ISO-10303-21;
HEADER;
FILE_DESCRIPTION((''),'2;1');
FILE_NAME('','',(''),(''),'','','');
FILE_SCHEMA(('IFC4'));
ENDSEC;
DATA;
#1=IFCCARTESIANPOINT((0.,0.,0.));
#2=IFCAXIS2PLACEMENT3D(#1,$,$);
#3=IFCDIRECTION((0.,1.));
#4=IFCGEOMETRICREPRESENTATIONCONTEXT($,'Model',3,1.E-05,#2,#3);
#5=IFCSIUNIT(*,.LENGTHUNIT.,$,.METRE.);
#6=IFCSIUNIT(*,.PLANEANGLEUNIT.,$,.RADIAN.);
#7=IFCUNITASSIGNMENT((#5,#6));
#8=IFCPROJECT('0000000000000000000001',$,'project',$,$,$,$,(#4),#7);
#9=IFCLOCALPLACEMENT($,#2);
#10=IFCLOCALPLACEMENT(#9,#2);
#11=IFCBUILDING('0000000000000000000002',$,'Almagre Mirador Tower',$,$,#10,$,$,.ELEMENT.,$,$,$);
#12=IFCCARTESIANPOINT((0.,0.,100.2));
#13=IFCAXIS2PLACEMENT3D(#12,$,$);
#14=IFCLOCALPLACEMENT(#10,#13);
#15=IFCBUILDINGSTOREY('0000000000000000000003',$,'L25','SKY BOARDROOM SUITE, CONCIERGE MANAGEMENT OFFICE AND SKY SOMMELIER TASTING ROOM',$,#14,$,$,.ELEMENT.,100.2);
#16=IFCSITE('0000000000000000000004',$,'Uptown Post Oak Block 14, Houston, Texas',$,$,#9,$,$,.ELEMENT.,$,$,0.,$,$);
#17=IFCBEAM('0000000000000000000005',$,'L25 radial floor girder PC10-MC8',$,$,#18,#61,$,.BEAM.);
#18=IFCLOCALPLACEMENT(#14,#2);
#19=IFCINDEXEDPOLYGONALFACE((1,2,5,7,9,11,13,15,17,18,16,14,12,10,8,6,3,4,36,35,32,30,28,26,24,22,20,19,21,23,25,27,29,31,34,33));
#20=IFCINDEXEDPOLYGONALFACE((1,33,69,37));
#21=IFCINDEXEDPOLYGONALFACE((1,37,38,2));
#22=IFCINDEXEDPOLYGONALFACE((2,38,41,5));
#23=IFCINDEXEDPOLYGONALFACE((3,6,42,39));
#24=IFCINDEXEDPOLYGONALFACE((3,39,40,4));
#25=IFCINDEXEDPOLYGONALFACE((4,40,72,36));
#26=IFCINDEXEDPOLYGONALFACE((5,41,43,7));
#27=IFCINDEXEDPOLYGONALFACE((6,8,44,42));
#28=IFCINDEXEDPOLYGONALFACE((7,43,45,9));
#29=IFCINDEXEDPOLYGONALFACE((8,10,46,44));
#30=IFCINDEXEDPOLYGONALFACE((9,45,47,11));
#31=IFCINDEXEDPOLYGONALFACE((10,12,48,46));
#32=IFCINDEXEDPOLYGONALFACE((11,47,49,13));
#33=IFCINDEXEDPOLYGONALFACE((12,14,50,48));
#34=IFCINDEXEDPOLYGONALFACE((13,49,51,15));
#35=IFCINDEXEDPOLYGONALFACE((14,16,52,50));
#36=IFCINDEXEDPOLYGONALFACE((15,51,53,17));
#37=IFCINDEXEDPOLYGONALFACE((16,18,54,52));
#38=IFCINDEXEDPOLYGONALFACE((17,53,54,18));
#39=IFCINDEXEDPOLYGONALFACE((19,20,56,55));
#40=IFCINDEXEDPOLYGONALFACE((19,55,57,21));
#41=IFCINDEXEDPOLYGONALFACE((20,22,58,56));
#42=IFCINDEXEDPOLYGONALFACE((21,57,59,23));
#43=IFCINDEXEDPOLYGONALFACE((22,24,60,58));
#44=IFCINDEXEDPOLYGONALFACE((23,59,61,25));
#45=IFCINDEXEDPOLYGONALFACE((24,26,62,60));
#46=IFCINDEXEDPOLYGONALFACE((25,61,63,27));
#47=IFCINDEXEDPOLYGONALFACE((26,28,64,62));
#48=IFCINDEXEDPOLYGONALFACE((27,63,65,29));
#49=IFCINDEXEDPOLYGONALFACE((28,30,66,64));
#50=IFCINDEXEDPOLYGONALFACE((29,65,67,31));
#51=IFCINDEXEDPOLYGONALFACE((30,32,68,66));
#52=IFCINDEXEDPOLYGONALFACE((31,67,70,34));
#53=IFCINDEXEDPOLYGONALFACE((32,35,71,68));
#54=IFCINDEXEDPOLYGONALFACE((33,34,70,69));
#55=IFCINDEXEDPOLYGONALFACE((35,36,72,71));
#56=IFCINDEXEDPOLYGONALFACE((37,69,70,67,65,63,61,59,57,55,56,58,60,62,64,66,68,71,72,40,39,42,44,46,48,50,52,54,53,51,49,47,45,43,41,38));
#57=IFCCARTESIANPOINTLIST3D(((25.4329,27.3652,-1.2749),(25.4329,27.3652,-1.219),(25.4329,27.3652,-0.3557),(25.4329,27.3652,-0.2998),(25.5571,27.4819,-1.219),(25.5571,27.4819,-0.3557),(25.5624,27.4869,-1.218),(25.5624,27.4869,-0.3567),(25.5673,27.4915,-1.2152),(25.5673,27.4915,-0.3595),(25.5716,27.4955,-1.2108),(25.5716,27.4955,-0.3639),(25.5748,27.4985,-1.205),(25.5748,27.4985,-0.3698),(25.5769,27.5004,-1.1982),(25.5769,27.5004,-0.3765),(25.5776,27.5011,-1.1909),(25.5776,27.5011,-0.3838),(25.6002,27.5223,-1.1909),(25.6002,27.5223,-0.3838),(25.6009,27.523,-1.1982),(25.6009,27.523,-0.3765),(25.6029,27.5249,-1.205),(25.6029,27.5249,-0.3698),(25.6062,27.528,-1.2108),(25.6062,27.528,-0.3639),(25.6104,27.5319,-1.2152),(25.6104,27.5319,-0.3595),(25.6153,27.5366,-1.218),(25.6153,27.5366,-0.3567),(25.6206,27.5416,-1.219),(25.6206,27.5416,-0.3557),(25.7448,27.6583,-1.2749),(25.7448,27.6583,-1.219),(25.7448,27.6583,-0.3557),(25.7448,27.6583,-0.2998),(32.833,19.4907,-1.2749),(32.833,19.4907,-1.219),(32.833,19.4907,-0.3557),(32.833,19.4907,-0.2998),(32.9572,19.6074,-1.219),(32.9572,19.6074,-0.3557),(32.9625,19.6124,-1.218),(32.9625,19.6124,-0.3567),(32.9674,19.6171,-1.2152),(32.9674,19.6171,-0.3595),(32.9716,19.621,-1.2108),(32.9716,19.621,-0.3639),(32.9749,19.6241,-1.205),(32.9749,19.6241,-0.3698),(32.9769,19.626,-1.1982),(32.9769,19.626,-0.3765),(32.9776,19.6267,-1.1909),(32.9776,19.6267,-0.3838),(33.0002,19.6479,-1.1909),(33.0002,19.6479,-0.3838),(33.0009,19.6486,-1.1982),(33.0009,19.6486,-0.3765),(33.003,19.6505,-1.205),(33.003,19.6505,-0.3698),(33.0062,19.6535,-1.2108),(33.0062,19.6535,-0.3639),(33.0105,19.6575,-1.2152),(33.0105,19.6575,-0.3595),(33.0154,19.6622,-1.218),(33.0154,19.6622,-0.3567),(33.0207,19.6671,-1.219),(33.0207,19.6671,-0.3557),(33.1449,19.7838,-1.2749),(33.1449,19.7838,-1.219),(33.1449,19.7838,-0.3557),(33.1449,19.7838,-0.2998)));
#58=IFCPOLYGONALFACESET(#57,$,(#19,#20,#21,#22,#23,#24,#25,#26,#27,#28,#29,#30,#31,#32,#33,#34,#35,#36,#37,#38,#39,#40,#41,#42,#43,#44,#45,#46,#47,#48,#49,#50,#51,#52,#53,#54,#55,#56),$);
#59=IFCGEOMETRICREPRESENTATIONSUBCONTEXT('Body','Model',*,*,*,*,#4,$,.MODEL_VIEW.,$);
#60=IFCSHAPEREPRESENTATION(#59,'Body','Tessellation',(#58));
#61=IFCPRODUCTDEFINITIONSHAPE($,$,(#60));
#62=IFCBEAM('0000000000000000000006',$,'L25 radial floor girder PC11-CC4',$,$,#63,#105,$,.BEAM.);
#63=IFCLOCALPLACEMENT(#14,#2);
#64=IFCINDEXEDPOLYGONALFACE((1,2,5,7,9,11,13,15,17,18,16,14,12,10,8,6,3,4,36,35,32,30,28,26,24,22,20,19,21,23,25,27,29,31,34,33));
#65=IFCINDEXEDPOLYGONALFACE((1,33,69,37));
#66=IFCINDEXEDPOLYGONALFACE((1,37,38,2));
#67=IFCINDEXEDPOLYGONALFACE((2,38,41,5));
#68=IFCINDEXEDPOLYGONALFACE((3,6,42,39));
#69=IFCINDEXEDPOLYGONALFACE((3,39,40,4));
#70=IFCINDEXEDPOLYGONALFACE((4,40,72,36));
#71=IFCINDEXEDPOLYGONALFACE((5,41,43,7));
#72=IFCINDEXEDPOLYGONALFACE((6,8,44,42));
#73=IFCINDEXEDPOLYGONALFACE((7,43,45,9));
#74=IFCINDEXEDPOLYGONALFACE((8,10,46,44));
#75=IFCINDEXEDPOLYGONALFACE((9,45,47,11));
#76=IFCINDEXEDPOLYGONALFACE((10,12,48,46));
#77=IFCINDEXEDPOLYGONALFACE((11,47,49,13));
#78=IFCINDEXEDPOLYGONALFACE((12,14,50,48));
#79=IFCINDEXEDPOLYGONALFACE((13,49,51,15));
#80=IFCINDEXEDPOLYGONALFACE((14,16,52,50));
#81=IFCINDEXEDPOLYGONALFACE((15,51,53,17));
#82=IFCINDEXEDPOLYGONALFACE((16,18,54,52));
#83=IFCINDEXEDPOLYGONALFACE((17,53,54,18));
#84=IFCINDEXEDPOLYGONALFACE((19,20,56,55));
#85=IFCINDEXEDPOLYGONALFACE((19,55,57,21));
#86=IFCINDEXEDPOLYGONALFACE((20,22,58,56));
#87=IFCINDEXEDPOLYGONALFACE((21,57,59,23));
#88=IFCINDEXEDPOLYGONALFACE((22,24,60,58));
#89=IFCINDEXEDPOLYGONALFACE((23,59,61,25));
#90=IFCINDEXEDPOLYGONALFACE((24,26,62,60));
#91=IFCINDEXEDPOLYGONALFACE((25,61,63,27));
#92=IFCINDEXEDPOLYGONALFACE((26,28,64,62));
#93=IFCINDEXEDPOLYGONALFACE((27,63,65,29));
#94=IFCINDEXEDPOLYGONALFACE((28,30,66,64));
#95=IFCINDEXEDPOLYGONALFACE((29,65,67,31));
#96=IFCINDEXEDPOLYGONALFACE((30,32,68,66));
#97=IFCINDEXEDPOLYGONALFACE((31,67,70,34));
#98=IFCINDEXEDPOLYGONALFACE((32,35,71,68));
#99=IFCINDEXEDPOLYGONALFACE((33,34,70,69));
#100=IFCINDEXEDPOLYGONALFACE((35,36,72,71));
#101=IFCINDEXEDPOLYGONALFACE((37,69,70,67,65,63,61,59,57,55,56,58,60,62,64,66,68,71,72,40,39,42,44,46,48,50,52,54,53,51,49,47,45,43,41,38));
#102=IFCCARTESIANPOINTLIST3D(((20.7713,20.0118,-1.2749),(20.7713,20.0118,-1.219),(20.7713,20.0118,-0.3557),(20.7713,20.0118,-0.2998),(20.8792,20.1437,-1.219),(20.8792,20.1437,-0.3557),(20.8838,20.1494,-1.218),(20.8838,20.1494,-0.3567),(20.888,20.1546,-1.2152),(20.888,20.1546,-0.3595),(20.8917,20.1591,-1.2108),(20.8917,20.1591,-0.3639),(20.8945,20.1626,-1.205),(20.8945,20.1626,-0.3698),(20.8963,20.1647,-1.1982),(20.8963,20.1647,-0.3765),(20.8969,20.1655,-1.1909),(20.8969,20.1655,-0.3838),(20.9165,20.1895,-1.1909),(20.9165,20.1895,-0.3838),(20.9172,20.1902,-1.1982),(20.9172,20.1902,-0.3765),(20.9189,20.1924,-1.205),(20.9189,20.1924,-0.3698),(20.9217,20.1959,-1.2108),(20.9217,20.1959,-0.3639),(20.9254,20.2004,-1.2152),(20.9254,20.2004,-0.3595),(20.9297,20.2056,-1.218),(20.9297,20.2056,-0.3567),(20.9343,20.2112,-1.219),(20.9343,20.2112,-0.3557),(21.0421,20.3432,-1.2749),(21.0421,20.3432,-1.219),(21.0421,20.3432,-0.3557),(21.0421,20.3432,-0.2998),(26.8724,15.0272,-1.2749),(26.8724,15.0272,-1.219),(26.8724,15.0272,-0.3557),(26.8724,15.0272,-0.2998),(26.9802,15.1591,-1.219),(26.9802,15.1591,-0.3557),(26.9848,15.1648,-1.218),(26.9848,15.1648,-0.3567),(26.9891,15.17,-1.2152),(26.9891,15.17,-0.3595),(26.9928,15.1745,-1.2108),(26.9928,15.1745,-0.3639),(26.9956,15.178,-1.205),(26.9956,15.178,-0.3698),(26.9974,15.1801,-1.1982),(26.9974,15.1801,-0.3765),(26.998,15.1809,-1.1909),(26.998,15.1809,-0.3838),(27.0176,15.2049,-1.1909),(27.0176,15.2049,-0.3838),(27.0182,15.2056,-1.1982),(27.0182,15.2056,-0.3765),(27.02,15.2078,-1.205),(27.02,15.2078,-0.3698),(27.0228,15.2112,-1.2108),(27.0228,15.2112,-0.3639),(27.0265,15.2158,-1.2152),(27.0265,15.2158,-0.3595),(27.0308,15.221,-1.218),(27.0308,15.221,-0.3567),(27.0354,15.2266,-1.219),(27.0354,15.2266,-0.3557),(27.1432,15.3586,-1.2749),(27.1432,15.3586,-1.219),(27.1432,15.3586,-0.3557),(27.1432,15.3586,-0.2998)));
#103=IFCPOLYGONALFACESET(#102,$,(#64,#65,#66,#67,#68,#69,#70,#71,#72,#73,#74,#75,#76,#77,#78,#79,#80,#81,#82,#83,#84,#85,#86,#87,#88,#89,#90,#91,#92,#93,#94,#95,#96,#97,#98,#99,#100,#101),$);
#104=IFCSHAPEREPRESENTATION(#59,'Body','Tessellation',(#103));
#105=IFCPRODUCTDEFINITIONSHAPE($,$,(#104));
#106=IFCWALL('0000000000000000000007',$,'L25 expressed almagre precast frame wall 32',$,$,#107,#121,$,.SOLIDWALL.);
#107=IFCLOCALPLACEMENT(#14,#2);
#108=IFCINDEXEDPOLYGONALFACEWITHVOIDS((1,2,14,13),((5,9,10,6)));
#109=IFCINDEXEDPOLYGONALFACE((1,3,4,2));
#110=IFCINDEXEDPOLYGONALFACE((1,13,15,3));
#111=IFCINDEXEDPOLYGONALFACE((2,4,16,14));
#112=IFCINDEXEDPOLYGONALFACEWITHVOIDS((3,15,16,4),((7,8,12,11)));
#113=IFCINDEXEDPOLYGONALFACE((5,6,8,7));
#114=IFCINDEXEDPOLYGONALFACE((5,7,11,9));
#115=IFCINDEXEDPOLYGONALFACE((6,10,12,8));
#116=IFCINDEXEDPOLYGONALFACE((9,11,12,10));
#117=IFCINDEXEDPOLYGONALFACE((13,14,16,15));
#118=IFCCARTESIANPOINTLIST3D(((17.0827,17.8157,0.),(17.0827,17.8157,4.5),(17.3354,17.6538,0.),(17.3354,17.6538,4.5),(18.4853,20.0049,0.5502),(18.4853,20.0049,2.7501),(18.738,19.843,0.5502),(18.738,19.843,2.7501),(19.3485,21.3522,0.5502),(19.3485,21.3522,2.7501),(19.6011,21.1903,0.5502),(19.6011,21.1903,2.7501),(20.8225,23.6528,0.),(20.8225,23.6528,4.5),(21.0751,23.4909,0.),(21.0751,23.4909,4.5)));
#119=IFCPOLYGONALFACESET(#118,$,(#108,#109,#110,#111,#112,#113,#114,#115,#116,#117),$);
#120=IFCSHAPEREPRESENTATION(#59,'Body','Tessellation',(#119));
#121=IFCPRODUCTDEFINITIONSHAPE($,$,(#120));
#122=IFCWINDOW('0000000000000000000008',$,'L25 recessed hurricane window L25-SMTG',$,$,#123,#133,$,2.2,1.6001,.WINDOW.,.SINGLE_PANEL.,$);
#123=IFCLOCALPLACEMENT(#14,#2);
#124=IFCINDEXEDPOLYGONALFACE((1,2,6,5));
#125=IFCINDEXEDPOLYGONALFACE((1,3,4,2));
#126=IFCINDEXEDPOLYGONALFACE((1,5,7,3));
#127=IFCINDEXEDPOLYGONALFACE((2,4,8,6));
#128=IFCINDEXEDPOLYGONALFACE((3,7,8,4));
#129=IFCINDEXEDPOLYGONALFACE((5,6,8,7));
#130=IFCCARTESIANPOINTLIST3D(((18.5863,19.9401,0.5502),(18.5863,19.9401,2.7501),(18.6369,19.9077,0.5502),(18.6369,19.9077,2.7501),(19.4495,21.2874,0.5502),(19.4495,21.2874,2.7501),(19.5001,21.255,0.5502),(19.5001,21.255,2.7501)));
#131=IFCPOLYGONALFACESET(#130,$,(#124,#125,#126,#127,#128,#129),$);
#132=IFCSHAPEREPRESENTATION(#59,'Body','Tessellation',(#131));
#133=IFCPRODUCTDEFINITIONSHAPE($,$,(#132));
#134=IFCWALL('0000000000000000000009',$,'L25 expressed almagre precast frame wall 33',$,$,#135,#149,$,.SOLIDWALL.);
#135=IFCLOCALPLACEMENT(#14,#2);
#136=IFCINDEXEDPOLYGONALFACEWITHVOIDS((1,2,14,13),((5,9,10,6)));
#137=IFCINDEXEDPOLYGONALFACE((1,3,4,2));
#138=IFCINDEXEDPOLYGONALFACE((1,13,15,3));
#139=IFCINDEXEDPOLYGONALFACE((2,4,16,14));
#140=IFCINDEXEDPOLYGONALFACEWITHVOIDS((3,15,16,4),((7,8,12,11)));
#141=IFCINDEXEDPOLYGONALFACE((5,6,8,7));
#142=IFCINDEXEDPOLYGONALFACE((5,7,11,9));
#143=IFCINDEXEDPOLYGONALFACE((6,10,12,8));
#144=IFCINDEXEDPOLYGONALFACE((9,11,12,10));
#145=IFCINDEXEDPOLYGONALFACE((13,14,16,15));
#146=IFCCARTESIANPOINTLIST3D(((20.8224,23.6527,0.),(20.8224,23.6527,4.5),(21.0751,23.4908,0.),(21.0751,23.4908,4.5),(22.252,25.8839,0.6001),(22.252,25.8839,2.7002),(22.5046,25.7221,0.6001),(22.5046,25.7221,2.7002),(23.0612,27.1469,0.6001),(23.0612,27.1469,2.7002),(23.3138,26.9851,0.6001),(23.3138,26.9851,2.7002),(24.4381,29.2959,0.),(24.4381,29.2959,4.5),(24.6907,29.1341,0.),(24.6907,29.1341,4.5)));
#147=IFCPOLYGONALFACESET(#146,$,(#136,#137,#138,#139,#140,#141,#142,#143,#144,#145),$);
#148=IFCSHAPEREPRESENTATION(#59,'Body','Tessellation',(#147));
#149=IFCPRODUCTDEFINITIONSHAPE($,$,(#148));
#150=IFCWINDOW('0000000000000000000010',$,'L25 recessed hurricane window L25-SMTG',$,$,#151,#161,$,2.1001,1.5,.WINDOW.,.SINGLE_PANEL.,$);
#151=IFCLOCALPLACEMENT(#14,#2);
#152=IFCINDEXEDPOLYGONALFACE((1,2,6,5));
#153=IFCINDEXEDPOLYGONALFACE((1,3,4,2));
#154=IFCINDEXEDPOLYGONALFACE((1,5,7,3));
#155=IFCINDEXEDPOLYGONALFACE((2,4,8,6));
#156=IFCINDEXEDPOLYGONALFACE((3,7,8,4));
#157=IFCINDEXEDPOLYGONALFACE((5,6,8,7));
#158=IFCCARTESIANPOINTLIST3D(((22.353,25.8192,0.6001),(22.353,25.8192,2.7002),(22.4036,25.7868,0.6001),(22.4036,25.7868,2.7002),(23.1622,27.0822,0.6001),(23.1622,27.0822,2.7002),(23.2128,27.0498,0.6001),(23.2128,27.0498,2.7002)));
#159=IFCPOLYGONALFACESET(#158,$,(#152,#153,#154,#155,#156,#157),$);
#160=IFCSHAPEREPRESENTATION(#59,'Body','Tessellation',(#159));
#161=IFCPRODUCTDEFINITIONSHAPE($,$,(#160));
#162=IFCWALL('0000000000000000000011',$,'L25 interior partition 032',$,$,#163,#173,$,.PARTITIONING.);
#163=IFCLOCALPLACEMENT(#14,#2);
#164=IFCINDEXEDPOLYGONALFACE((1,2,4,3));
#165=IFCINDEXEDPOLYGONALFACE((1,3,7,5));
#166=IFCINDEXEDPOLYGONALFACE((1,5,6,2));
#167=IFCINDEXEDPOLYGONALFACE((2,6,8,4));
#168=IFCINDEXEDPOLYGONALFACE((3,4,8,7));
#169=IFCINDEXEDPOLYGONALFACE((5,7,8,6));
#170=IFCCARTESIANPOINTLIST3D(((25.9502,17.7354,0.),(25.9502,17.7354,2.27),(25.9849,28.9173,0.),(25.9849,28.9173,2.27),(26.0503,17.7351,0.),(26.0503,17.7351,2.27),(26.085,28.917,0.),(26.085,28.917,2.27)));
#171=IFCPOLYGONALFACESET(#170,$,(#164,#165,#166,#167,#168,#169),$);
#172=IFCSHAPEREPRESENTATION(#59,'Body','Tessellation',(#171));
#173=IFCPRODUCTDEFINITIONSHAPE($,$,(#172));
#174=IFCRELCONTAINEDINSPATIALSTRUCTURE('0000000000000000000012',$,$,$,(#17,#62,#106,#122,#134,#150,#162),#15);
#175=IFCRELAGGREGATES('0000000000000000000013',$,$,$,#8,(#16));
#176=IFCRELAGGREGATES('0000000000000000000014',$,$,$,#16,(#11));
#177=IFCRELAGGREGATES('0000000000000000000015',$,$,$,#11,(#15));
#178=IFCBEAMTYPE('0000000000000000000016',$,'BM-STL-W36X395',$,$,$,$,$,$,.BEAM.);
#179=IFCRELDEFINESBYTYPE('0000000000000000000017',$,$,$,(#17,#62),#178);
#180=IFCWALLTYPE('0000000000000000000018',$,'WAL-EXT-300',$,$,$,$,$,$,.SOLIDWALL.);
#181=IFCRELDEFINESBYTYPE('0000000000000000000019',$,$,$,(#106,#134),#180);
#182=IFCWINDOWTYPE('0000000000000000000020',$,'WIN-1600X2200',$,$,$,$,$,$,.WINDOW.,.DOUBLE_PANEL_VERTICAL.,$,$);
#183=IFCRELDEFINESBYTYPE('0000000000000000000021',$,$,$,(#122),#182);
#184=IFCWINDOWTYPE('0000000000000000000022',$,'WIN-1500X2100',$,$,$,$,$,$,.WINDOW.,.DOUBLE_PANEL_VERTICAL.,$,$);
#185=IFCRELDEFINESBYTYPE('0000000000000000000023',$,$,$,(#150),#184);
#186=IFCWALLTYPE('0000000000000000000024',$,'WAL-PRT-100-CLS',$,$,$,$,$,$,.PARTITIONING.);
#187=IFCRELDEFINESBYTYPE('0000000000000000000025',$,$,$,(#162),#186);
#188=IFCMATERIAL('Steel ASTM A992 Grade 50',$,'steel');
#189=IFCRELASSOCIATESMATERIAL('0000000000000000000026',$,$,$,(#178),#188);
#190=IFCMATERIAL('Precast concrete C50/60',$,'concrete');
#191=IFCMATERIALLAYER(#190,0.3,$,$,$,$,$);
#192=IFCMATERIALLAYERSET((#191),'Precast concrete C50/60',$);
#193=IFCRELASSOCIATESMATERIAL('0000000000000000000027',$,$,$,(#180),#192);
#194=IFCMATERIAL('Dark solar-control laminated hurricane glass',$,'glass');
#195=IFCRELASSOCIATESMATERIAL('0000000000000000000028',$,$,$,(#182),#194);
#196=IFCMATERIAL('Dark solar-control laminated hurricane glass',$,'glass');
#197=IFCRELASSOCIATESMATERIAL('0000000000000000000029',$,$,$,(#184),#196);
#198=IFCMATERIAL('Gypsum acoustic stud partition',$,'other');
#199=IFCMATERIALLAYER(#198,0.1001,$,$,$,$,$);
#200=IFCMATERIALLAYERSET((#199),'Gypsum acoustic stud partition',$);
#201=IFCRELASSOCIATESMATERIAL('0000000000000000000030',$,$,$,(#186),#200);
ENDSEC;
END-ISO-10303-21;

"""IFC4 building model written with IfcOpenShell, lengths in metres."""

from ifc_helpers import new_model, si_unit, direction, frame, frame_2d, origin, origin_2d, place, context, subcontext, project, spatial, rectangle, i_section, extrude, material, layer, layer_set, material_profile, profile_set, type_object, element, fill, save


model = new_model("IFC4")

# Units and contexts
model_context = context("Model", 3, precision=1e-05, world=origin(), true_north=direction((0.0, 1.0)))
body_context = subcontext(model_context, "Body", "Model", "MODEL_VIEW")
ifc_project = project(units=[si_unit("LENGTHUNIT", "METRE"), si_unit("PLANEANGLEUNIT", "RADIAN")], contexts=[model_context])

# Site, building, storey
site_placement = place(None, origin())
site = spatial("IfcSite", under=ifc_project, at=site_placement, Name="Uptown Post Oak Block 14, Houston, Texas", CompositionType="ELEMENT", RefElevation=0.0)
building_placement = place(site_placement, origin())
building = spatial("IfcBuilding", under=site, at=building_placement, Name="Almagre Mirador Tower", CompositionType="ELEMENT")
storey_placement = place(building_placement, frame((0.0, 0.0, 100.2)))
storey = spatial("IfcBuildingStorey", under=building, at=storey_placement, Name="L25", Description="SKY BOARDROOM SUITE, CONCIERGE MANAGEMENT OFFICE AND SKY SOMMELIER TASTING ROOM", CompositionType="ELEMENT", Elevation=100.2)

# Beams
ifc_material_1 = material(Name="Steel ASTM A992 Grade 50", Category="steel")
ifc_material_profile_1 = material_profile(ifc_material_1, i_section(OverallWidth=0.428, OverallDepth=0.9751, WebThickness=0.031, FlangeThickness=0.0559, FilletRadius=0.0281, at=origin_2d()), Name="W36X395")
ifc_profile_set_1 = profile_set([ifc_material_profile_1], Name="Steel ASTM A992 Grade 50")
beam_type_1 = type_object("IfcBeamType", Name="BM-STL-W36X395", PredefinedType="BEAM", material=ifc_profile_set_1)
beam_1_placement = place(storey_placement, frame((25.5889, 27.5117, -0.7874), z_axis=(0.684817, -0.728715, 0.0), x_axis=(0.728715, 0.684817, 0.0)))
element("IfcBeam", 1, at=beam_1_placement, inside=storey, type_object=beam_type_1, Name="L25 radial floor girder PC10-MC8", PredefinedType="BEAM", context=body_context, shape_type="SweptSolid", body=[
    extrude(i_section(OverallWidth=0.428, OverallDepth=0.9751, WebThickness=0.031, FlangeThickness=0.0559, FilletRadius=0.0281, at=origin_2d()), origin(), (0.0, 0.0, 1.0), 10.8059),
])
beam_2_placement = place(storey_placement, frame((20.9067, 20.1775, -0.7874), z_axis=(0.774403, -0.632693, 0.0), x_axis=(0.632693, 0.774403, 0.0)))
element("IfcBeam", 2, at=beam_2_placement, inside=storey, type_object=beam_type_1, Name="L25 radial floor girder PC11-CC4", PredefinedType="BEAM", context=body_context, shape_type="SweptSolid", body=[
    extrude(i_section(OverallWidth=0.428, OverallDepth=0.9751, WebThickness=0.031, FlangeThickness=0.0559, FilletRadius=0.0281, at=origin_2d()), origin(), (0.0, 0.0, 1.0), 7.8784),
])

# Walls, openings, windows
ifc_material_2 = material(Name="Precast concrete C50/60", Category="concrete")
ifc_layer_1 = layer(ifc_material_2, 0.3)
ifc_layer_set_1 = layer_set([ifc_layer_1], Name="Precast concrete C50/60")
wall_type_1 = type_object("IfcWallType", Name="WAL-EXT-300", PredefinedType="SOLIDWALL", material=ifc_layer_set_1)
wall_1_placement = place(storey_placement, frame((17.209, 17.7346, 0.0), z_axis=(0.0, 0.0, 1.0), x_axis=(0.539459, 0.842012, 0.0)))
wall_1 = element("IfcWall", 3, at=wall_1_placement, inside=storey, type_object=wall_type_1, Name="L25 expressed almagre precast frame wall 32", PredefinedType="SOLIDWALL", context=body_context, shape_type="SweptSolid", body=[
    extrude(rectangle(XDim=6.9324, YDim=0.3, at=frame_2d((3.4663, 0.0))), origin(), (0.0, 0.0, 1.0), 4.5),
])
opening_1_placement = place(wall_1_placement, frame((2.6001, 0.0, 0.55)))
opening_1 = element("IfcOpeningElement", 4, at=opening_1_placement, cuts=wall_1, PredefinedType="OPENING", context=body_context, shape_type="SweptSolid", body=[
    extrude(rectangle(XDim=1.6001, YDim=2.2, at=frame_2d((0.8, 1.1001))), frame((0.0, 0.1599, 0.0), z_axis=(0.0, -1.0, 0.0), x_axis=(1.0, 0.0, 0.0)), (0.0, 0.0, 1.0), 0.32),
])
ifc_material_3 = material(Name="Dark solar-control laminated hurricane glass", Category="glass")
window_type_1 = type_object("IfcWindowType", Name="WIN-1600X2200", PartitioningType="DOUBLE_PANEL_VERTICAL", PredefinedType="WINDOW", material=ifc_material_3)
window_1_placement = place(opening_1_placement, origin())
window_1 = element("IfcWindow", 5, at=window_1_placement, inside=storey, type_object=window_type_1, Name="L25 recessed hurricane window L25-SMTG", OverallHeight=2.2, OverallWidth=1.6001, PartitioningType="SINGLE_PANEL", PredefinedType="WINDOW", context=body_context, shape_type="SweptSolid", body=[
    extrude(rectangle(XDim=1.6001, YDim=2.2, at=frame_2d((0.8, 1.1001))), frame((0.0, 0.03, 0.0), z_axis=(0.0, -1.0, 0.0), x_axis=(1.0, 0.0, 0.0)), (0.0, 0.0, 1.0), 0.0601),
])
fill(opening_1, window_1)
wall_2_placement = place(storey_placement, frame((20.9487, 23.5718, 0.0), z_axis=(0.0, 0.0, 1.0), x_axis=(0.539477, 0.842, 0.0)))
wall_2 = element("IfcWall", 6, at=wall_2_placement, inside=storey, type_object=wall_type_1, Name="L25 expressed almagre precast frame wall 33", PredefinedType="SOLIDWALL", context=body_context, shape_type="SweptSolid", body=[
    extrude(rectangle(XDim=6.7021, YDim=0.3, at=frame_2d((3.3511, 0.0))), origin(), (0.0, 0.0, 1.0), 4.5),
])
opening_2_placement = place(wall_2_placement, frame((2.6499, 0.0, 0.6001)))
opening_2 = element("IfcOpeningElement", 7, at=opening_2_placement, cuts=wall_2, PredefinedType="OPENING", context=body_context, shape_type="SweptSolid", body=[
    extrude(rectangle(XDim=1.5, YDim=2.1001, at=frame_2d((0.75, 1.05))), frame((0.0, 0.1599, 0.0), z_axis=(0.0, -1.0, 0.0), x_axis=(1.0, 0.0, 0.0)), (0.0, 0.0, 1.0), 0.32),
])
ifc_material_4 = material(Name="Dark solar-control laminated hurricane glass", Category="glass")
window_type_2 = type_object("IfcWindowType", Name="WIN-1500X2100", PartitioningType="DOUBLE_PANEL_VERTICAL", PredefinedType="WINDOW", material=ifc_material_4)
window_2_placement = place(opening_2_placement, origin())
window_2 = element("IfcWindow", 8, at=window_2_placement, inside=storey, type_object=window_type_2, Name="L25 recessed hurricane window L25-SMTG", OverallHeight=2.1001, OverallWidth=1.5, PartitioningType="SINGLE_PANEL", PredefinedType="WINDOW", context=body_context, shape_type="SweptSolid", body=[
    extrude(rectangle(XDim=1.5, YDim=2.1001, at=frame_2d((0.75, 1.05))), frame((0.0, 0.03, 0.0), z_axis=(0.0, -1.0, 0.0), x_axis=(1.0, 0.0, 0.0)), (0.0, 0.0, 1.0), 0.0601),
])
fill(opening_2, window_2)

# Wall
ifc_material_5 = material(Name="Gypsum acoustic stud partition", Category="other")
ifc_layer_2 = layer(ifc_material_5, 0.1001)
ifc_layer_set_2 = layer_set([ifc_layer_2], Name="Gypsum acoustic stud partition")
wall_type_2 = type_object("IfcWallType", Name="WAL-PRT-100-CLS", PredefinedType="PARTITIONING", material=ifc_layer_set_2)
wall_3_placement = place(storey_placement, frame((26.0349, 28.917, 0.0), z_axis=(0.0, 0.0, 1.0), x_axis=(-0.0031, -0.999995, 0.0)))
element("IfcWall", 9, at=wall_3_placement, inside=storey, type_object=wall_type_2, Name="L25 interior partition 032", PredefinedType="PARTITIONING", context=body_context, shape_type="SweptSolid", body=[
    extrude(rectangle(XDim=11.1819, YDim=0.1001, at=frame_2d((5.5908, 0.0))), origin(), (0.0, 0.0, 1.0), 2.27),
])

save(model, "model.ifc")
